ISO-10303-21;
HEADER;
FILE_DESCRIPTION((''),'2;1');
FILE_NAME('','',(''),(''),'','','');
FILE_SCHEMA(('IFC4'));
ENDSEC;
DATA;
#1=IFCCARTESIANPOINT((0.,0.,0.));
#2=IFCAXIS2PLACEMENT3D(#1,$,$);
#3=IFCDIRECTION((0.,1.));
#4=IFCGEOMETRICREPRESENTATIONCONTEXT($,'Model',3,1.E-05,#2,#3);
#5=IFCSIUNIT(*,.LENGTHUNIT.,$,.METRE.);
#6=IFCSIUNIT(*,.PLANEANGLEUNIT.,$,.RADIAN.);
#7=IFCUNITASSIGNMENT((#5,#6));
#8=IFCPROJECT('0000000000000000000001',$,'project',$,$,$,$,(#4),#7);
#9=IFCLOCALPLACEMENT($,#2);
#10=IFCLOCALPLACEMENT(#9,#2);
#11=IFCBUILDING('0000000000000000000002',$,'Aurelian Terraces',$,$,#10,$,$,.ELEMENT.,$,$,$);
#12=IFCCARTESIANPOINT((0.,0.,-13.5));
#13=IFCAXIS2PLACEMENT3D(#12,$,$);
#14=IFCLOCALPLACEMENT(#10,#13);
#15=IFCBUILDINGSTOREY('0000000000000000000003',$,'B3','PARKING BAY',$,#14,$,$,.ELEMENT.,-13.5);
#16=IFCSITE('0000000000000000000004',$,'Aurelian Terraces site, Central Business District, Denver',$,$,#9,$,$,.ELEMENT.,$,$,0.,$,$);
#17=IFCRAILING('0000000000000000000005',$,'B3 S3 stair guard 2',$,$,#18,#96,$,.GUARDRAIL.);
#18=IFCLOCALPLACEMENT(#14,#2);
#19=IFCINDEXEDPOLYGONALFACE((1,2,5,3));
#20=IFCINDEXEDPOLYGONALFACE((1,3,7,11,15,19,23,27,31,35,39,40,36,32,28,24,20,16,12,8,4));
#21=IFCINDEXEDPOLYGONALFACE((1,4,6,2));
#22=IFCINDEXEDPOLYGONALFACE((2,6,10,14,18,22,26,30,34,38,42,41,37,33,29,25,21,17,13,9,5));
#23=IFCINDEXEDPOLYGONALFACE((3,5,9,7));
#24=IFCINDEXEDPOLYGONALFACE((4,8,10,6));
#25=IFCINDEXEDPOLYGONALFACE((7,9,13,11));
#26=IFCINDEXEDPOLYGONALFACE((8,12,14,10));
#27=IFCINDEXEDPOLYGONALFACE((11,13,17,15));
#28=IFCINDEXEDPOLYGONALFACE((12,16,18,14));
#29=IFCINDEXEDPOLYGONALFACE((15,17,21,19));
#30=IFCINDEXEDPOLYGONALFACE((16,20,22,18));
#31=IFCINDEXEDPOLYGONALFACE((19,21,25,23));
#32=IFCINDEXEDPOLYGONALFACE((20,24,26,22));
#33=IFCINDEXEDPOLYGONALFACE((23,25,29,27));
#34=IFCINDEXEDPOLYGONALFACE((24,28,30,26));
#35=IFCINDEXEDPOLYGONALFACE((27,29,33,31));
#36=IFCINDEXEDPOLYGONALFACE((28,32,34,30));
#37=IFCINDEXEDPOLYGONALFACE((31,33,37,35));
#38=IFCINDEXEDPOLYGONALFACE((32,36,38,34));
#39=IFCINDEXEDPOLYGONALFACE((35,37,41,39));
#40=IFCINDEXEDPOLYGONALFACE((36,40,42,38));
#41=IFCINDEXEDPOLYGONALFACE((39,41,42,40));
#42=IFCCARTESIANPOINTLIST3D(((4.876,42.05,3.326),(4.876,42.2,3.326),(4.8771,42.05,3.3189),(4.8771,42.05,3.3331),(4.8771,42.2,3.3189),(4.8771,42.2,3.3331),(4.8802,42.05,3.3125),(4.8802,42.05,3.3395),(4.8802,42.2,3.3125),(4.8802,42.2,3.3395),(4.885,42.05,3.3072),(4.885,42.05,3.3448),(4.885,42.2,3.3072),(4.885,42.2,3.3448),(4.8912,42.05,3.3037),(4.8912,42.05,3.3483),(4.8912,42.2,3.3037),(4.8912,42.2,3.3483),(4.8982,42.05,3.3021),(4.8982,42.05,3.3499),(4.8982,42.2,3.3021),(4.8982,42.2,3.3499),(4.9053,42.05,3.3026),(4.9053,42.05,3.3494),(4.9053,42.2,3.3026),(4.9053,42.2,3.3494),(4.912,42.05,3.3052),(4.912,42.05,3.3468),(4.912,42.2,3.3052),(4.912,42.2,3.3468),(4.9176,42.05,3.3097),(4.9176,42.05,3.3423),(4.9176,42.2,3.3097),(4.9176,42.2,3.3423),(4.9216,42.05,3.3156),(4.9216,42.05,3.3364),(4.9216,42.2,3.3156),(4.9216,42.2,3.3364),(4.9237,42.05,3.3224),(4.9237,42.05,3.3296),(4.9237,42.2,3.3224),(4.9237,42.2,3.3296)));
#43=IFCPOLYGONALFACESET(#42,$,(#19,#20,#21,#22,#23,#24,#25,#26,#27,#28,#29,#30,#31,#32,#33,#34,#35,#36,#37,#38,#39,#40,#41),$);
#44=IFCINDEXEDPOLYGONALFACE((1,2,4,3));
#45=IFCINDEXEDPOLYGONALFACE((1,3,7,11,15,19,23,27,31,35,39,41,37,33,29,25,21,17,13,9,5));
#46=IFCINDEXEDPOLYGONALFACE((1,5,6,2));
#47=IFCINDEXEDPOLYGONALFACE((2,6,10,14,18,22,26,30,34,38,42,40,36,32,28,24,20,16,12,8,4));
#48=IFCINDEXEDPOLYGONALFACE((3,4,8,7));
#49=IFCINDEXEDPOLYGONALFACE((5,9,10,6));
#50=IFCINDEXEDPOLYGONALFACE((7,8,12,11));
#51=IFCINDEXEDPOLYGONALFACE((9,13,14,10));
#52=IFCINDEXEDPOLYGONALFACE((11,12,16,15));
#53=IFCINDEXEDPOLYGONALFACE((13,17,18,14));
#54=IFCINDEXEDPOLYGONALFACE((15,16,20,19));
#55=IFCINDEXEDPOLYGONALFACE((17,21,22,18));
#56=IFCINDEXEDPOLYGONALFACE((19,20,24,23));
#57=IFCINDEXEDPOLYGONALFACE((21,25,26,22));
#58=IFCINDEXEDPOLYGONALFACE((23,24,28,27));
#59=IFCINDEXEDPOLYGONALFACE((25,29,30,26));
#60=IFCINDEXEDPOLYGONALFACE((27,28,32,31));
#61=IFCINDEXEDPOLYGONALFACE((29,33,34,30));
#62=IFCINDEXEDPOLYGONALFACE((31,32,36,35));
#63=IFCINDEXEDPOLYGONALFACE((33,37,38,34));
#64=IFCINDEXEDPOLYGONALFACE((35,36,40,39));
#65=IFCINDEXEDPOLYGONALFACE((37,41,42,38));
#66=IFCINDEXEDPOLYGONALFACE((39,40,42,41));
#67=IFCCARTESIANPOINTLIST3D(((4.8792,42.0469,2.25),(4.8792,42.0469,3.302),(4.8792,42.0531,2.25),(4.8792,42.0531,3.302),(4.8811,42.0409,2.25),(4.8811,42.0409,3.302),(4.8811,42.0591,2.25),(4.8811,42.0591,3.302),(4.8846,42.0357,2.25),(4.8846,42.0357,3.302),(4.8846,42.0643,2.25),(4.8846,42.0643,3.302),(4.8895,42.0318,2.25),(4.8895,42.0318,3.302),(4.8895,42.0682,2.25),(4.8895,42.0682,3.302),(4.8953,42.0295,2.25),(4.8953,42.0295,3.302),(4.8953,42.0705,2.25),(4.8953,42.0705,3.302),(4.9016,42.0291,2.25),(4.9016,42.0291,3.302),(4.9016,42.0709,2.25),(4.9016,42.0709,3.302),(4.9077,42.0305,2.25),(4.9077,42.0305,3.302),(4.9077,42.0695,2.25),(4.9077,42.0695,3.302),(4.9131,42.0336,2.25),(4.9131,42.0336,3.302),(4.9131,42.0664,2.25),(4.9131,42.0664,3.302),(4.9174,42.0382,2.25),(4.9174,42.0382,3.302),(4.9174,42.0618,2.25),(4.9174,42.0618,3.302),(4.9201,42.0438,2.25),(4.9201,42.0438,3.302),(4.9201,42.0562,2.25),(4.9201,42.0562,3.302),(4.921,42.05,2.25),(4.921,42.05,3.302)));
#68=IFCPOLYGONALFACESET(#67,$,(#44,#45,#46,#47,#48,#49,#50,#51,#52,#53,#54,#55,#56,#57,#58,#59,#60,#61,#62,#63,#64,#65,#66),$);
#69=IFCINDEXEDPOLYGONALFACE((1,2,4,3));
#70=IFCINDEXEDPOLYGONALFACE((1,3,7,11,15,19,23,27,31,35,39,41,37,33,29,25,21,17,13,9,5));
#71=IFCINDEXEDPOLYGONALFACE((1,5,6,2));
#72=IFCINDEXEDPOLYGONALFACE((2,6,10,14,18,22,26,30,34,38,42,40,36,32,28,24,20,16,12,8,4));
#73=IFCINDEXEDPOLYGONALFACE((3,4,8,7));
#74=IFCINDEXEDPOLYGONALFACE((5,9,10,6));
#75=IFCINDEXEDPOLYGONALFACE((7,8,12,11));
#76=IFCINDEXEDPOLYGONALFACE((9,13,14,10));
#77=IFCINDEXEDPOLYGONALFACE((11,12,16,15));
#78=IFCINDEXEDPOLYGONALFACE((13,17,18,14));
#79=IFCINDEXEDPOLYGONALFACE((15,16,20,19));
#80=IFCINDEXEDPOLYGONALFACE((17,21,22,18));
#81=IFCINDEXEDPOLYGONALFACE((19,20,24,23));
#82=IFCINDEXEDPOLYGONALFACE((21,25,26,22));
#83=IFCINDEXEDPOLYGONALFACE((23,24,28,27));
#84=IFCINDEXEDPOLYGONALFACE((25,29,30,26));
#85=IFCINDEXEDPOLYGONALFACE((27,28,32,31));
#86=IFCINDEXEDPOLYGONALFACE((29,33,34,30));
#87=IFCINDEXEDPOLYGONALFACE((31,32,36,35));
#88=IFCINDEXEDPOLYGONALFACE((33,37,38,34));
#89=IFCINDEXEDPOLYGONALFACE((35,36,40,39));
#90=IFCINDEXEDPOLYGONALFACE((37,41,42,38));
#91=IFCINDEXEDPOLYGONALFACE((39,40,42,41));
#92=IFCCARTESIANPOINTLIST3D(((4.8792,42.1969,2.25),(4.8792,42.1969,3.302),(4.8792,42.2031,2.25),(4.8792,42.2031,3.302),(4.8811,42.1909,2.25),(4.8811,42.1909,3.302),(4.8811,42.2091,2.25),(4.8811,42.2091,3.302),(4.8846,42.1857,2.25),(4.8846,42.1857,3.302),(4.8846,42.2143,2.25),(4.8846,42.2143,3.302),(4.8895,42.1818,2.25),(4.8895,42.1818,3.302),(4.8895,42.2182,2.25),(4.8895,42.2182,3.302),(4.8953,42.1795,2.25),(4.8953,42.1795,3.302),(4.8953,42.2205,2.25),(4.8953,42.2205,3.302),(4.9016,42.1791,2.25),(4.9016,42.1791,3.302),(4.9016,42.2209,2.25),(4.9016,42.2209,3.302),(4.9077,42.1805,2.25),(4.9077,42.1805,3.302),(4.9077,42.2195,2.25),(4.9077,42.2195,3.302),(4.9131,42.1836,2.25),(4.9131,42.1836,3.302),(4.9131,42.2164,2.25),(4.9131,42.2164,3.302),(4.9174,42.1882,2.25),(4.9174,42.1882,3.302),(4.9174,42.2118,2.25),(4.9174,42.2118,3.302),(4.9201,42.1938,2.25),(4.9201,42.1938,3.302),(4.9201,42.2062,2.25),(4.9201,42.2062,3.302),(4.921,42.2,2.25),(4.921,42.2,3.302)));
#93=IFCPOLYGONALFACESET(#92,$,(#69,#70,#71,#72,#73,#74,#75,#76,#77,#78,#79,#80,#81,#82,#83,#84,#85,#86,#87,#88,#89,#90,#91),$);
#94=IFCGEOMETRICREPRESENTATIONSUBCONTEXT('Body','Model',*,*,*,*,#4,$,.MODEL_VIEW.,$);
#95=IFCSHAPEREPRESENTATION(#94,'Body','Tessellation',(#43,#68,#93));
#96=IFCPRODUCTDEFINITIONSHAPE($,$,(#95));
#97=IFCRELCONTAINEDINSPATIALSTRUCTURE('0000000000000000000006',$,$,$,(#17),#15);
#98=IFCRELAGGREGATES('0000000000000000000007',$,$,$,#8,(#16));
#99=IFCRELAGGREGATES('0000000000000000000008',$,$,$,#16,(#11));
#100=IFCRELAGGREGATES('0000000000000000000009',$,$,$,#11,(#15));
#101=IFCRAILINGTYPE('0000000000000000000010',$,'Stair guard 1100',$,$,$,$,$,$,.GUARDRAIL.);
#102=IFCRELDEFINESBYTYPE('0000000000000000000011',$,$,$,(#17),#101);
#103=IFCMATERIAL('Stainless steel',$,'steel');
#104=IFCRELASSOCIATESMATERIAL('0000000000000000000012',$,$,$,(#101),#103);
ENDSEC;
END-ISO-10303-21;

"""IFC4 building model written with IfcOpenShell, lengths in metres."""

from ifc_helpers import new_model, si_unit, direction, frame, origin, origin_2d, place, context, subcontext, project, spatial, circle, extrude, material, type_object, element, save


model = new_model("IFC4")

# Units and contexts
model_context = context("Model", 3, precision=1e-05, world=origin(), true_north=direction((0.0, 1.0)))
body_context = subcontext(model_context, "Body", "Model", "MODEL_VIEW")
ifc_project = project(units=[si_unit("LENGTHUNIT", "METRE"), si_unit("PLANEANGLEUNIT", "RADIAN")], contexts=[model_context])

# Site, building, storey
site_placement = place(None, origin())
site = spatial("IfcSite", under=ifc_project, at=site_placement, Name="Aurelian Terraces site, Central Business District, Denver", CompositionType="ELEMENT", RefElevation=0.0)
building_placement = place(site_placement, origin())
building = spatial("IfcBuilding", under=site, at=building_placement, Name="Aurelian Terraces", CompositionType="ELEMENT")
storey_placement = place(building_placement, frame((0.0, 0.0, -13.5)))
storey = spatial("IfcBuildingStorey", under=building, at=storey_placement, Name="B3", Description="PARKING BAY", CompositionType="ELEMENT", Elevation=-13.5)

# Railing
ifc_material_1 = material(Name="Stainless steel", Category="steel")
railing_type_1 = type_object("IfcRailingType", Name="Stair guard 1100", PredefinedType="GUARDRAIL", material=ifc_material_1)
railing_1_placement = place(storey_placement, frame((4.9, 42.05, 2.25)))
element("IfcRailing", 1, at=railing_1_placement, inside=storey, type_object=railing_type_1, Name="B3 S3 stair guard 2", PredefinedType="GUARDRAIL", context=body_context, shape_type="SweptSolid", body=[
    extrude(circle(Radius=0.024, at=origin_2d()), frame((0.0, 0.0, 1.076), z_axis=(0.0, 1.0, 0.0), x_axis=(-1.0, 0.0, 0.0)), (0.0, 0.0, 1.0), 0.15),
    extrude(circle(Radius=0.021, at=origin_2d()), origin(), (0.0, 0.0, 1.0), 1.052),
    extrude(circle(Radius=0.021, at=origin_2d()), frame((0.0, 0.15, 0.0)), (0.0, 0.0, 1.0), 1.052),
])

save(model, "model.ifc")
